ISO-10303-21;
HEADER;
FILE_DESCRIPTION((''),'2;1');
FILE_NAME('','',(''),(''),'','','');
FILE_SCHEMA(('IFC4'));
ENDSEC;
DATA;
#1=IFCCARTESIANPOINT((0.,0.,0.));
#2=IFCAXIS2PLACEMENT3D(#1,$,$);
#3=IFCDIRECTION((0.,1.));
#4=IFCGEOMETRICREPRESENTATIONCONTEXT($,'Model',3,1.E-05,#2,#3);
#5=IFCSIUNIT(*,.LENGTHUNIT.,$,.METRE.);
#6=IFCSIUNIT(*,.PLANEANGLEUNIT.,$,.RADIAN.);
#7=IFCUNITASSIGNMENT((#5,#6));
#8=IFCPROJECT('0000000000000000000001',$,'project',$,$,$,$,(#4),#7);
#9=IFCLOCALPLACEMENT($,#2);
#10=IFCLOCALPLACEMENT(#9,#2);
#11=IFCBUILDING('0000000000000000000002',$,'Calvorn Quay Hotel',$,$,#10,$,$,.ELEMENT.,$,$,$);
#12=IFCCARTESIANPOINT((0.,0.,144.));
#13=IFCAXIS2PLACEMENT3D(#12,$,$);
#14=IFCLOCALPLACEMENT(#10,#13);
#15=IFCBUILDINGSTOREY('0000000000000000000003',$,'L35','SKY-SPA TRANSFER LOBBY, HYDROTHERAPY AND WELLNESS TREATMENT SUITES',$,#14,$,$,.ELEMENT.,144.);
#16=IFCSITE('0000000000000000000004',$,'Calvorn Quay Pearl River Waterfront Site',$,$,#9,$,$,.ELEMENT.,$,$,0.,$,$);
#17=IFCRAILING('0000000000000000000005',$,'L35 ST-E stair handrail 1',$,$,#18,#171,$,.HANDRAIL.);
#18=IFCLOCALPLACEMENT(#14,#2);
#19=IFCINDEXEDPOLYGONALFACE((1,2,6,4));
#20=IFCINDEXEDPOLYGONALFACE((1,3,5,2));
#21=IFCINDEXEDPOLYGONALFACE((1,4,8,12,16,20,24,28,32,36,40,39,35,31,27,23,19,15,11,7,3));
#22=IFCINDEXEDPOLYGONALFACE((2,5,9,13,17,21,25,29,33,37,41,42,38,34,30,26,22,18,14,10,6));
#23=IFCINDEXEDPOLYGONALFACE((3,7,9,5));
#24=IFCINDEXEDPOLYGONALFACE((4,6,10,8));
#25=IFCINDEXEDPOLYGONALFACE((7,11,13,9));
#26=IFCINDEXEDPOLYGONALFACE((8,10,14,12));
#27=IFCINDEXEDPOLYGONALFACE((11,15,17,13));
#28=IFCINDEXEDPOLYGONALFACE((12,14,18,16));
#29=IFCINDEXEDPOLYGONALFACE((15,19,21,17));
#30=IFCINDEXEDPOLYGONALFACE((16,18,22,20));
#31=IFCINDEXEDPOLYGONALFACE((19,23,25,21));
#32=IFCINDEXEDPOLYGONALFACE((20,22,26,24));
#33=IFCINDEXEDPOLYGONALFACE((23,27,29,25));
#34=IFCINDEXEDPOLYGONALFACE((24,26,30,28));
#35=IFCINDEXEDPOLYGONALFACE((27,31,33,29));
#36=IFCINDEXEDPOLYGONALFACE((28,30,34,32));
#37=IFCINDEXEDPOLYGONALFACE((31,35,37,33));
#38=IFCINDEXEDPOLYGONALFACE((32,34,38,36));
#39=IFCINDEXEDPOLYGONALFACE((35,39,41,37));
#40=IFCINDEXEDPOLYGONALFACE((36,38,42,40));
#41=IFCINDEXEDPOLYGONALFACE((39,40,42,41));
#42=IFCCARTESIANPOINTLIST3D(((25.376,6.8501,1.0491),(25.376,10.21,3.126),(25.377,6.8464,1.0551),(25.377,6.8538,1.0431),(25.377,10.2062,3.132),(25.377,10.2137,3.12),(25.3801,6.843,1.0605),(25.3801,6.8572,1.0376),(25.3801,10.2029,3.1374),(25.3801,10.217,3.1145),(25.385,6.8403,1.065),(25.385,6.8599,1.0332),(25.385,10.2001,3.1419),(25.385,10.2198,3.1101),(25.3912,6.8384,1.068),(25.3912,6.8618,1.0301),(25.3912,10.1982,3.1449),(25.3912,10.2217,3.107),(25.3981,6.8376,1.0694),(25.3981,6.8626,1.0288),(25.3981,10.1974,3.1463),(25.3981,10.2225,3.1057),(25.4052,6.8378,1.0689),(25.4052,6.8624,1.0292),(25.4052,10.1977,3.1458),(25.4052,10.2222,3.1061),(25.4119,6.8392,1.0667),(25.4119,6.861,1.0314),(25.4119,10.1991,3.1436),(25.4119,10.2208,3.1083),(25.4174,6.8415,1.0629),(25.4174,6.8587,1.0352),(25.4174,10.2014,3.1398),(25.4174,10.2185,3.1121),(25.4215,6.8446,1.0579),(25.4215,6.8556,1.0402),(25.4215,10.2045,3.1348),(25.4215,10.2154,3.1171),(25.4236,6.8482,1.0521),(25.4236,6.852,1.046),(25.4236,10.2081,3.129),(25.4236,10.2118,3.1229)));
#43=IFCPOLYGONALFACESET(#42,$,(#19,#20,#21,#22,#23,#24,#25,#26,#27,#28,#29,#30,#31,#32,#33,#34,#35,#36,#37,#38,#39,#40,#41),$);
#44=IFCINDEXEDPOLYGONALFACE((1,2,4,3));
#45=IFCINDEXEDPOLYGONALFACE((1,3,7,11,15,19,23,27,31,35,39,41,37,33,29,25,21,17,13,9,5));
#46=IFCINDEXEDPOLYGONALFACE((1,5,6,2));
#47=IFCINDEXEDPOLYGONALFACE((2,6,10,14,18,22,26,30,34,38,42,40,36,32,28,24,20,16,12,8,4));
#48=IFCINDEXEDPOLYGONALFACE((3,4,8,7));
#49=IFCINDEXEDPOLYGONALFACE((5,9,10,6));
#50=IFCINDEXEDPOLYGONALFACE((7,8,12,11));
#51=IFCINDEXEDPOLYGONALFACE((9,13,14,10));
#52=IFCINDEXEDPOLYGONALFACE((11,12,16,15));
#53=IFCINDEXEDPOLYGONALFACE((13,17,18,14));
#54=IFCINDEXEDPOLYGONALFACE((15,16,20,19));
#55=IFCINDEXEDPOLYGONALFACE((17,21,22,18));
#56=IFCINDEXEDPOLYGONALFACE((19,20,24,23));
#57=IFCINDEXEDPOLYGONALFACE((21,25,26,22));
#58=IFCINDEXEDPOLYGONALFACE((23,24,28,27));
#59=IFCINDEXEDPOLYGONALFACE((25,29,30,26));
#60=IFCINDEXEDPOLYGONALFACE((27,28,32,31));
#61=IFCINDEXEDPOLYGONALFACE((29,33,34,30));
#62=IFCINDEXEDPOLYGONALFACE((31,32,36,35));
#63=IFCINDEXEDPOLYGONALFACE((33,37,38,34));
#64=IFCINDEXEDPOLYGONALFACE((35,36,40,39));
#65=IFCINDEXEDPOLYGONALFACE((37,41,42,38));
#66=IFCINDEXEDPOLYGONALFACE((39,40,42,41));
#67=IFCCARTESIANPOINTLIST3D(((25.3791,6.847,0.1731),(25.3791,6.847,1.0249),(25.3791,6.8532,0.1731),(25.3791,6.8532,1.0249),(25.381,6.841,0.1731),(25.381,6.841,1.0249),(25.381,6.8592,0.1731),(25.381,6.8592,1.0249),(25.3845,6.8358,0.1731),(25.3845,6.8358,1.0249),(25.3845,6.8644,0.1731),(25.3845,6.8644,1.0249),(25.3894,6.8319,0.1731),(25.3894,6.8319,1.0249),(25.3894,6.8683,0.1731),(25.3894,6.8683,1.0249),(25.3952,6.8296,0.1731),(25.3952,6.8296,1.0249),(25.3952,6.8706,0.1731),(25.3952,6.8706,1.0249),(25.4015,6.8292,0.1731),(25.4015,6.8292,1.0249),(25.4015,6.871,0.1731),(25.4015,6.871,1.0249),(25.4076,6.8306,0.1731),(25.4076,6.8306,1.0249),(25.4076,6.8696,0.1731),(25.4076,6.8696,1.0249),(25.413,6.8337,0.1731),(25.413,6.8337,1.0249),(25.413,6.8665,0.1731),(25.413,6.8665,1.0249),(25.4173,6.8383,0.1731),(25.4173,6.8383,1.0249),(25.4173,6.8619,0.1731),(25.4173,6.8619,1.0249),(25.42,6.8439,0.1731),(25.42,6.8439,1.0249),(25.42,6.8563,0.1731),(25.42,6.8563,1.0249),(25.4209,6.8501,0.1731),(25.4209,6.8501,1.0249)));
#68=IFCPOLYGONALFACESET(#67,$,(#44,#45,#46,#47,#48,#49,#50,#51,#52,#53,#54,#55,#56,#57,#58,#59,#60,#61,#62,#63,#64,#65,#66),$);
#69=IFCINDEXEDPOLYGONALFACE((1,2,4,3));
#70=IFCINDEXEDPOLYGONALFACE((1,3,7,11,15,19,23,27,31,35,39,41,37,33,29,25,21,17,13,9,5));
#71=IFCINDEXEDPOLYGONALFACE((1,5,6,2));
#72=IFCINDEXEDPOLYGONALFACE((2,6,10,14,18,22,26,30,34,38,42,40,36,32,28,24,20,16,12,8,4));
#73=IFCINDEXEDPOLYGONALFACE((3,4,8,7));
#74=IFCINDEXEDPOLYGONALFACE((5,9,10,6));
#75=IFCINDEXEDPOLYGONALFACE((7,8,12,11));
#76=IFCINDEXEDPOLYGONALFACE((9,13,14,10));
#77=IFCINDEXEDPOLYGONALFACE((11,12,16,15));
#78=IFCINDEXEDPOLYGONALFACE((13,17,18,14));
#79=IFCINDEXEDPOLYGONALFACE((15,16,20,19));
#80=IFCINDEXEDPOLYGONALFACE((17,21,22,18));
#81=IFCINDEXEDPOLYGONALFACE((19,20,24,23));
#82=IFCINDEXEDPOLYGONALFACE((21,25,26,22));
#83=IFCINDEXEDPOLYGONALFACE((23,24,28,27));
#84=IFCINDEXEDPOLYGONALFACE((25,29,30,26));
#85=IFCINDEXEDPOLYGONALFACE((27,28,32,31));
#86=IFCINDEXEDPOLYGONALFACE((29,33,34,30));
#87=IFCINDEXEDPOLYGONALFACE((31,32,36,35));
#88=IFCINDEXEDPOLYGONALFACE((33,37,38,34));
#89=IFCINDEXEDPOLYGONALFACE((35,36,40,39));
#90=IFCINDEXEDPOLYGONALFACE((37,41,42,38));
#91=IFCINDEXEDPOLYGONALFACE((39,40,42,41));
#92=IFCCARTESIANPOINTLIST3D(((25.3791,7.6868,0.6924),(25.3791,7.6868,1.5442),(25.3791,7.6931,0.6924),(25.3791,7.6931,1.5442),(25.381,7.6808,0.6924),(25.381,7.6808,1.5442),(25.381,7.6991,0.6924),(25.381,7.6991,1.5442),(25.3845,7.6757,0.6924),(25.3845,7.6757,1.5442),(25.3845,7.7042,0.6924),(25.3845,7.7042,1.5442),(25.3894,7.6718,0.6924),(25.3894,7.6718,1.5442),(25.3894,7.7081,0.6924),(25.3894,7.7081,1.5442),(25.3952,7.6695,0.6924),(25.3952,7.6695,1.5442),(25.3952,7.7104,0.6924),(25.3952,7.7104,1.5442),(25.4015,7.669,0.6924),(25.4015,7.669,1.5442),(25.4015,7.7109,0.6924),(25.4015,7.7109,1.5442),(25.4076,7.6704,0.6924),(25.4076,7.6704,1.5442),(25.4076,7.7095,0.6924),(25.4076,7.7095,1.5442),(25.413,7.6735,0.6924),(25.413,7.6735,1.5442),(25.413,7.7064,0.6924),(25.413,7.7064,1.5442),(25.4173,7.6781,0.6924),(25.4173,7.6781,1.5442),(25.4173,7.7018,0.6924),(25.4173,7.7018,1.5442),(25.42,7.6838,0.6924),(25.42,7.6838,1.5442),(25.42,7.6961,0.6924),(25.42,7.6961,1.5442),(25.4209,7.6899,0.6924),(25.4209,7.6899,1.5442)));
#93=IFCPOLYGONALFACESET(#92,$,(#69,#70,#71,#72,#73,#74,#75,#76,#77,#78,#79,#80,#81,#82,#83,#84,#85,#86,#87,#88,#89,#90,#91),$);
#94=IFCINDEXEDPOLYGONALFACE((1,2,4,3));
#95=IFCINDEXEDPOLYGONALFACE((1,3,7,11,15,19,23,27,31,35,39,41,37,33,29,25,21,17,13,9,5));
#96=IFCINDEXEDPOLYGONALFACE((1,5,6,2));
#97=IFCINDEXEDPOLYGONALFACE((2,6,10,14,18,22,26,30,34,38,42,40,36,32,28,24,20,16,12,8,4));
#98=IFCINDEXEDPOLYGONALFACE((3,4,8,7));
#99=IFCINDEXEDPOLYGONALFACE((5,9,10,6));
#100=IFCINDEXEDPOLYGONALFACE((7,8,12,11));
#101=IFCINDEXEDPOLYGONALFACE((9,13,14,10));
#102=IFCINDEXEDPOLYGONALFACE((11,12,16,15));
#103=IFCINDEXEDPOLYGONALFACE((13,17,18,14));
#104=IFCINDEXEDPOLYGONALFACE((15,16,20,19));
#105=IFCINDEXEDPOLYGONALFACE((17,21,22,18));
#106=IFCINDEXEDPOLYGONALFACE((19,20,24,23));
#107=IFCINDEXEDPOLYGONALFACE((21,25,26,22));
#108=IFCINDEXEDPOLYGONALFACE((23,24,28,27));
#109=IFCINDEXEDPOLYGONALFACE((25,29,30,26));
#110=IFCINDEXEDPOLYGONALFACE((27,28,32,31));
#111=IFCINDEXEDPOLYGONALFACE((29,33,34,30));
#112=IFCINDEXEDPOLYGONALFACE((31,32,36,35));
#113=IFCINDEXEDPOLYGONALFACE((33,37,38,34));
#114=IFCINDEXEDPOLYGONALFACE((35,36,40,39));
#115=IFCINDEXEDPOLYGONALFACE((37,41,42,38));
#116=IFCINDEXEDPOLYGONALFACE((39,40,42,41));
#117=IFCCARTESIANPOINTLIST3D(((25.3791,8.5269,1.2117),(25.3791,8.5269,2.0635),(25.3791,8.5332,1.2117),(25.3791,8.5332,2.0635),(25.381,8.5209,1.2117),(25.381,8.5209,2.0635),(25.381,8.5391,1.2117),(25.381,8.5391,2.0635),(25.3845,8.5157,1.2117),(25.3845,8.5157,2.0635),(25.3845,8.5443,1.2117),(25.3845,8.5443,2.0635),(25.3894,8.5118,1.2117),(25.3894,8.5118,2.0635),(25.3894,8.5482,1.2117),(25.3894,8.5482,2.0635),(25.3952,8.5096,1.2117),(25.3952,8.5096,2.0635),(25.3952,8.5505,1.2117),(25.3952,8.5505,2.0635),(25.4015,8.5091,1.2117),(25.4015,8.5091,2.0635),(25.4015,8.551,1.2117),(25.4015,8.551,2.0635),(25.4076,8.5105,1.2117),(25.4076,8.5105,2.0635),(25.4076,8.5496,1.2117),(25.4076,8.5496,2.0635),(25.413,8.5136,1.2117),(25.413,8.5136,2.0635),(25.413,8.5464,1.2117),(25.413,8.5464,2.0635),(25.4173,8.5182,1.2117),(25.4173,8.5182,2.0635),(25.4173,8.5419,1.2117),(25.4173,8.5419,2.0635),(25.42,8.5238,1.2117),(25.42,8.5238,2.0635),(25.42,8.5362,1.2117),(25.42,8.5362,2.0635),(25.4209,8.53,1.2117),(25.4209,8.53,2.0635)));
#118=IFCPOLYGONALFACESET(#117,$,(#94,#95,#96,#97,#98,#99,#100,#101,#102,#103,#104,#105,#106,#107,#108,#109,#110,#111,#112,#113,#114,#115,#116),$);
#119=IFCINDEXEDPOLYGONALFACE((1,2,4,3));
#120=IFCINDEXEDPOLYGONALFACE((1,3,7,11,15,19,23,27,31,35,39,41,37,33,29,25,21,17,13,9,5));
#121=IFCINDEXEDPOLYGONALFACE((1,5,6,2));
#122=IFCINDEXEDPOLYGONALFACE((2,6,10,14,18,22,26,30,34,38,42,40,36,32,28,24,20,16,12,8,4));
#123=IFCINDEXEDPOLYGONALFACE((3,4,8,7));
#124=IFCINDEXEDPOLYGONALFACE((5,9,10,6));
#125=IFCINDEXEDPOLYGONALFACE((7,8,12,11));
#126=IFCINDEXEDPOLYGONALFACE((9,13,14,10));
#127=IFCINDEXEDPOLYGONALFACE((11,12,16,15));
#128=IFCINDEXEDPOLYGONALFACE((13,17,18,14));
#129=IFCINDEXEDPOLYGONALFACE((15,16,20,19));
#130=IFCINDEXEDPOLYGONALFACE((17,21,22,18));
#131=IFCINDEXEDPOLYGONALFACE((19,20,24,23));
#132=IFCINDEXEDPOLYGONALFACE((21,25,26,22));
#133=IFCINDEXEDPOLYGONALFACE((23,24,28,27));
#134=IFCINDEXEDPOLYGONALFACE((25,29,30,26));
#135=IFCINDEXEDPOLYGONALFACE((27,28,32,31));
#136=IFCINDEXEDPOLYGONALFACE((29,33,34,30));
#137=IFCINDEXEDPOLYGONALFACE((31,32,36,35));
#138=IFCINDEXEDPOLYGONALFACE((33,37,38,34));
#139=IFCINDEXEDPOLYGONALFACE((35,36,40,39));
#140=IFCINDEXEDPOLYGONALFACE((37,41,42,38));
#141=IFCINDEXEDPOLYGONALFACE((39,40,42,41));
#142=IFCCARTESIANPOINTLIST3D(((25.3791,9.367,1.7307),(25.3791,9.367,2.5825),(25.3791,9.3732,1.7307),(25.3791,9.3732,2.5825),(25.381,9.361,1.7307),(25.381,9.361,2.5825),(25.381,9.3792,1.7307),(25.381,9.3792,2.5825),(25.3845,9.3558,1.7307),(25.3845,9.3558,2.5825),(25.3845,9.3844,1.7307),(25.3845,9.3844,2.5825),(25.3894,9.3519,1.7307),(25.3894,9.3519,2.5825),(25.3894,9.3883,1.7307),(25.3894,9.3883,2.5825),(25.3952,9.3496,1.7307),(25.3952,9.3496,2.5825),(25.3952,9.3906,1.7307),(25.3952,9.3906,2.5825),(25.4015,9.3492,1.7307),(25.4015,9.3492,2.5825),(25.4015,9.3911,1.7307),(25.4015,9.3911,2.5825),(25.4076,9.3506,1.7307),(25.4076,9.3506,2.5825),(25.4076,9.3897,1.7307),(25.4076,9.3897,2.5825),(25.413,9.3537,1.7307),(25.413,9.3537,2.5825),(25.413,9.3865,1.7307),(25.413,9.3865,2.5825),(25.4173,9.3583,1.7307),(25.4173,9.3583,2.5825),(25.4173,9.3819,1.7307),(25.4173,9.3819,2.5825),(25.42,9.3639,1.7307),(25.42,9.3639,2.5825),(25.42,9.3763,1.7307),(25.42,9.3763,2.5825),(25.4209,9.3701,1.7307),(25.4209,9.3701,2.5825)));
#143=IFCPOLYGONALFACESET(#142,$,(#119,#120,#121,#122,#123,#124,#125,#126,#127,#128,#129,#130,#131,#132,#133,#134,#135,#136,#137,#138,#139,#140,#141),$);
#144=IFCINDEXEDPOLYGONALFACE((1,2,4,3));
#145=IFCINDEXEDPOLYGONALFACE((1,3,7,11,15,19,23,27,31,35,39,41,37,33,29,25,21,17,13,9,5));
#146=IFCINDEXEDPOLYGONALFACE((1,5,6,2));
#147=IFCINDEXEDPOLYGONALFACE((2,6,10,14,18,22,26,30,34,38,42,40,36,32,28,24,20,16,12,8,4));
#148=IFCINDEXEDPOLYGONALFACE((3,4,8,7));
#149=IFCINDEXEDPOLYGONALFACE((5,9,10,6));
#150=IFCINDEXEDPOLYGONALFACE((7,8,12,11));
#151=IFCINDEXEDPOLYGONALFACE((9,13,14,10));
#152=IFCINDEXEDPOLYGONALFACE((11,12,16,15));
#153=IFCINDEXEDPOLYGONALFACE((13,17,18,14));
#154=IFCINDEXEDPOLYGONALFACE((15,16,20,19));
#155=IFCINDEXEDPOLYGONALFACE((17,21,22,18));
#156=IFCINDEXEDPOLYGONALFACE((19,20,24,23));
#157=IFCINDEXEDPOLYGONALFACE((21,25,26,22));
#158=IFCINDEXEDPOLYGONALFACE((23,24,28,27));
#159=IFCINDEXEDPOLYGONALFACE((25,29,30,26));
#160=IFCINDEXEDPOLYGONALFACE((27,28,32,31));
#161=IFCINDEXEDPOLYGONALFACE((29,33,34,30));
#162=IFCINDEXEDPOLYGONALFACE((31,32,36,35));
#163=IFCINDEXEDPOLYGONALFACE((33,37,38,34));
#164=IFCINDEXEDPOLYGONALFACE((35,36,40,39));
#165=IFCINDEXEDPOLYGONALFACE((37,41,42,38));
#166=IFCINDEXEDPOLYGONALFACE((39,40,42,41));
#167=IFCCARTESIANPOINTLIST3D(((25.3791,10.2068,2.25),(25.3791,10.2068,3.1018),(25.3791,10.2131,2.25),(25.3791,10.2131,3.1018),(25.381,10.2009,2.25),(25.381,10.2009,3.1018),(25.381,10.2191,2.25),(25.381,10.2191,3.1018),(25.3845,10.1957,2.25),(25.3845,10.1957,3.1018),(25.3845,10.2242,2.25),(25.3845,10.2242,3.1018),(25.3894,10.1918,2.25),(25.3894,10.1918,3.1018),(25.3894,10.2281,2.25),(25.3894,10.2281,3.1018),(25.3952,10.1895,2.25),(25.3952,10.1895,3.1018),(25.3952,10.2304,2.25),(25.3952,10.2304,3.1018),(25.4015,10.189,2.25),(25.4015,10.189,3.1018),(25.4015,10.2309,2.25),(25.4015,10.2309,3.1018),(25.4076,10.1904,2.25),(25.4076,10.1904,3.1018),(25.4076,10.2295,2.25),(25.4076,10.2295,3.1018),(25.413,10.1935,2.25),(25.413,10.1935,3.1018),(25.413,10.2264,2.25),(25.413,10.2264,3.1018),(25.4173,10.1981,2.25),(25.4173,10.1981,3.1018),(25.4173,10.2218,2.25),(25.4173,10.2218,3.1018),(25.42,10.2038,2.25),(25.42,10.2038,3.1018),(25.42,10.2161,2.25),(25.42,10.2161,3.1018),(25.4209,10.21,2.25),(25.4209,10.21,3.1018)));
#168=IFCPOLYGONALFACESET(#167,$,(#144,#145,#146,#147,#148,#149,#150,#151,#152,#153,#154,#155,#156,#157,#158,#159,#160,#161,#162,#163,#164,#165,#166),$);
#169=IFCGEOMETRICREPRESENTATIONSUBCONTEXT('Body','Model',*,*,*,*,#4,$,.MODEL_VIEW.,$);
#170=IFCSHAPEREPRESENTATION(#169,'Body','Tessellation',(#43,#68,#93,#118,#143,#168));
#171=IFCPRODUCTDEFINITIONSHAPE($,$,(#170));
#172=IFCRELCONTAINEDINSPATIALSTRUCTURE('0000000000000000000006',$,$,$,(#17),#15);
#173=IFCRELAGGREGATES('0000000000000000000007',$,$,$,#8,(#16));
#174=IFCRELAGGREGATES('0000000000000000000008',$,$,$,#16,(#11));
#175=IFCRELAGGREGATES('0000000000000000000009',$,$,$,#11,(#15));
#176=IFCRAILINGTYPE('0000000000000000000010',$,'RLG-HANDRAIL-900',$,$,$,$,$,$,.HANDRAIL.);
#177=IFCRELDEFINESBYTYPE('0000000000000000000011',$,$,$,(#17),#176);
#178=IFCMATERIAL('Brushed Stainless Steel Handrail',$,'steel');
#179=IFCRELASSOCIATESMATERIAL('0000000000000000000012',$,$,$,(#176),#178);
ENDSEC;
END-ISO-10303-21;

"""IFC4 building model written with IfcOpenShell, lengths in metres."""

from ifc_helpers import new_model, si_unit, direction, frame, origin, origin_2d, place, context, subcontext, project, spatial, circle, extrude, material, type_object, element, save


model = new_model("IFC4")

# Units and contexts
model_context = context("Model", 3, precision=1e-05, world=origin(), true_north=direction((0.0, 1.0)))
body_context = subcontext(model_context, "Body", "Model", "MODEL_VIEW")
ifc_project = project(units=[si_unit("LENGTHUNIT", "METRE"), si_unit("PLANEANGLEUNIT", "RADIAN")], contexts=[model_context])

# Site, building, storey
site_placement = place(None, origin())
site = spatial("IfcSite", under=ifc_project, at=site_placement, Name="Calvorn Quay Pearl River Waterfront Site", CompositionType="ELEMENT", RefElevation=0.0)
building_placement = place(site_placement, origin())
building = spatial("IfcBuilding", under=site, at=building_placement, Name="Calvorn Quay Hotel", CompositionType="ELEMENT")
storey_placement = place(building_placement, frame((0.0, 0.0, 144.0)))
storey = spatial("IfcBuildingStorey", under=building, at=storey_placement, Name="L35", Description="SKY-SPA TRANSFER LOBBY, HYDROTHERAPY AND WELLNESS TREATMENT SUITES", CompositionType="ELEMENT", Elevation=144.0)

# Railing
ifc_material_1 = material(Name="Brushed Stainless Steel Handrail", Category="steel")
railing_type_1 = type_object("IfcRailingType", Name="RLG-HANDRAIL-900", PredefinedType="HANDRAIL", material=ifc_material_1)
railing_1_placement = place(storey_placement, frame((25.3999, 6.8501, 0.1731)))
element("IfcRailing", 1, at=railing_1_placement, inside=storey, type_object=railing_type_1, Name="L35 ST-E stair handrail 1", PredefinedType="HANDRAIL", context=body_context, shape_type="SweptSolid", body=[
    extrude(circle(Radius=0.0239, at=origin_2d()), frame((0.0, 0.0, 0.876), z_axis=(0.0, 0.850606, 0.525803), x_axis=(-1.0, 0.0, 0.0)), (0.0, 0.0, 1.0), 3.95),
    extrude(circle(Radius=0.021, at=origin_2d()), origin(), (0.0, 0.0, 1.0), 0.8518),
    extrude(circle(Radius=0.021, at=origin_2d()), frame((0.0, 0.8398, 0.5193)), (0.0, 0.0, 1.0), 0.8518),
    extrude(circle(Radius=0.021, at=origin_2d()), frame((0.0, 1.6799, 1.0386)), (0.0, 0.0, 1.0), 0.8518),
    extrude(circle(Radius=0.021, at=origin_2d()), frame((0.0, 2.52, 1.5576)), (0.0, 0.0, 1.0), 0.8518),
    extrude(circle(Radius=0.021, at=origin_2d()), frame((0.0, 3.3599, 2.0769)), (0.0, 0.0, 1.0), 0.8518),
])

save(model, "model.ifc")
